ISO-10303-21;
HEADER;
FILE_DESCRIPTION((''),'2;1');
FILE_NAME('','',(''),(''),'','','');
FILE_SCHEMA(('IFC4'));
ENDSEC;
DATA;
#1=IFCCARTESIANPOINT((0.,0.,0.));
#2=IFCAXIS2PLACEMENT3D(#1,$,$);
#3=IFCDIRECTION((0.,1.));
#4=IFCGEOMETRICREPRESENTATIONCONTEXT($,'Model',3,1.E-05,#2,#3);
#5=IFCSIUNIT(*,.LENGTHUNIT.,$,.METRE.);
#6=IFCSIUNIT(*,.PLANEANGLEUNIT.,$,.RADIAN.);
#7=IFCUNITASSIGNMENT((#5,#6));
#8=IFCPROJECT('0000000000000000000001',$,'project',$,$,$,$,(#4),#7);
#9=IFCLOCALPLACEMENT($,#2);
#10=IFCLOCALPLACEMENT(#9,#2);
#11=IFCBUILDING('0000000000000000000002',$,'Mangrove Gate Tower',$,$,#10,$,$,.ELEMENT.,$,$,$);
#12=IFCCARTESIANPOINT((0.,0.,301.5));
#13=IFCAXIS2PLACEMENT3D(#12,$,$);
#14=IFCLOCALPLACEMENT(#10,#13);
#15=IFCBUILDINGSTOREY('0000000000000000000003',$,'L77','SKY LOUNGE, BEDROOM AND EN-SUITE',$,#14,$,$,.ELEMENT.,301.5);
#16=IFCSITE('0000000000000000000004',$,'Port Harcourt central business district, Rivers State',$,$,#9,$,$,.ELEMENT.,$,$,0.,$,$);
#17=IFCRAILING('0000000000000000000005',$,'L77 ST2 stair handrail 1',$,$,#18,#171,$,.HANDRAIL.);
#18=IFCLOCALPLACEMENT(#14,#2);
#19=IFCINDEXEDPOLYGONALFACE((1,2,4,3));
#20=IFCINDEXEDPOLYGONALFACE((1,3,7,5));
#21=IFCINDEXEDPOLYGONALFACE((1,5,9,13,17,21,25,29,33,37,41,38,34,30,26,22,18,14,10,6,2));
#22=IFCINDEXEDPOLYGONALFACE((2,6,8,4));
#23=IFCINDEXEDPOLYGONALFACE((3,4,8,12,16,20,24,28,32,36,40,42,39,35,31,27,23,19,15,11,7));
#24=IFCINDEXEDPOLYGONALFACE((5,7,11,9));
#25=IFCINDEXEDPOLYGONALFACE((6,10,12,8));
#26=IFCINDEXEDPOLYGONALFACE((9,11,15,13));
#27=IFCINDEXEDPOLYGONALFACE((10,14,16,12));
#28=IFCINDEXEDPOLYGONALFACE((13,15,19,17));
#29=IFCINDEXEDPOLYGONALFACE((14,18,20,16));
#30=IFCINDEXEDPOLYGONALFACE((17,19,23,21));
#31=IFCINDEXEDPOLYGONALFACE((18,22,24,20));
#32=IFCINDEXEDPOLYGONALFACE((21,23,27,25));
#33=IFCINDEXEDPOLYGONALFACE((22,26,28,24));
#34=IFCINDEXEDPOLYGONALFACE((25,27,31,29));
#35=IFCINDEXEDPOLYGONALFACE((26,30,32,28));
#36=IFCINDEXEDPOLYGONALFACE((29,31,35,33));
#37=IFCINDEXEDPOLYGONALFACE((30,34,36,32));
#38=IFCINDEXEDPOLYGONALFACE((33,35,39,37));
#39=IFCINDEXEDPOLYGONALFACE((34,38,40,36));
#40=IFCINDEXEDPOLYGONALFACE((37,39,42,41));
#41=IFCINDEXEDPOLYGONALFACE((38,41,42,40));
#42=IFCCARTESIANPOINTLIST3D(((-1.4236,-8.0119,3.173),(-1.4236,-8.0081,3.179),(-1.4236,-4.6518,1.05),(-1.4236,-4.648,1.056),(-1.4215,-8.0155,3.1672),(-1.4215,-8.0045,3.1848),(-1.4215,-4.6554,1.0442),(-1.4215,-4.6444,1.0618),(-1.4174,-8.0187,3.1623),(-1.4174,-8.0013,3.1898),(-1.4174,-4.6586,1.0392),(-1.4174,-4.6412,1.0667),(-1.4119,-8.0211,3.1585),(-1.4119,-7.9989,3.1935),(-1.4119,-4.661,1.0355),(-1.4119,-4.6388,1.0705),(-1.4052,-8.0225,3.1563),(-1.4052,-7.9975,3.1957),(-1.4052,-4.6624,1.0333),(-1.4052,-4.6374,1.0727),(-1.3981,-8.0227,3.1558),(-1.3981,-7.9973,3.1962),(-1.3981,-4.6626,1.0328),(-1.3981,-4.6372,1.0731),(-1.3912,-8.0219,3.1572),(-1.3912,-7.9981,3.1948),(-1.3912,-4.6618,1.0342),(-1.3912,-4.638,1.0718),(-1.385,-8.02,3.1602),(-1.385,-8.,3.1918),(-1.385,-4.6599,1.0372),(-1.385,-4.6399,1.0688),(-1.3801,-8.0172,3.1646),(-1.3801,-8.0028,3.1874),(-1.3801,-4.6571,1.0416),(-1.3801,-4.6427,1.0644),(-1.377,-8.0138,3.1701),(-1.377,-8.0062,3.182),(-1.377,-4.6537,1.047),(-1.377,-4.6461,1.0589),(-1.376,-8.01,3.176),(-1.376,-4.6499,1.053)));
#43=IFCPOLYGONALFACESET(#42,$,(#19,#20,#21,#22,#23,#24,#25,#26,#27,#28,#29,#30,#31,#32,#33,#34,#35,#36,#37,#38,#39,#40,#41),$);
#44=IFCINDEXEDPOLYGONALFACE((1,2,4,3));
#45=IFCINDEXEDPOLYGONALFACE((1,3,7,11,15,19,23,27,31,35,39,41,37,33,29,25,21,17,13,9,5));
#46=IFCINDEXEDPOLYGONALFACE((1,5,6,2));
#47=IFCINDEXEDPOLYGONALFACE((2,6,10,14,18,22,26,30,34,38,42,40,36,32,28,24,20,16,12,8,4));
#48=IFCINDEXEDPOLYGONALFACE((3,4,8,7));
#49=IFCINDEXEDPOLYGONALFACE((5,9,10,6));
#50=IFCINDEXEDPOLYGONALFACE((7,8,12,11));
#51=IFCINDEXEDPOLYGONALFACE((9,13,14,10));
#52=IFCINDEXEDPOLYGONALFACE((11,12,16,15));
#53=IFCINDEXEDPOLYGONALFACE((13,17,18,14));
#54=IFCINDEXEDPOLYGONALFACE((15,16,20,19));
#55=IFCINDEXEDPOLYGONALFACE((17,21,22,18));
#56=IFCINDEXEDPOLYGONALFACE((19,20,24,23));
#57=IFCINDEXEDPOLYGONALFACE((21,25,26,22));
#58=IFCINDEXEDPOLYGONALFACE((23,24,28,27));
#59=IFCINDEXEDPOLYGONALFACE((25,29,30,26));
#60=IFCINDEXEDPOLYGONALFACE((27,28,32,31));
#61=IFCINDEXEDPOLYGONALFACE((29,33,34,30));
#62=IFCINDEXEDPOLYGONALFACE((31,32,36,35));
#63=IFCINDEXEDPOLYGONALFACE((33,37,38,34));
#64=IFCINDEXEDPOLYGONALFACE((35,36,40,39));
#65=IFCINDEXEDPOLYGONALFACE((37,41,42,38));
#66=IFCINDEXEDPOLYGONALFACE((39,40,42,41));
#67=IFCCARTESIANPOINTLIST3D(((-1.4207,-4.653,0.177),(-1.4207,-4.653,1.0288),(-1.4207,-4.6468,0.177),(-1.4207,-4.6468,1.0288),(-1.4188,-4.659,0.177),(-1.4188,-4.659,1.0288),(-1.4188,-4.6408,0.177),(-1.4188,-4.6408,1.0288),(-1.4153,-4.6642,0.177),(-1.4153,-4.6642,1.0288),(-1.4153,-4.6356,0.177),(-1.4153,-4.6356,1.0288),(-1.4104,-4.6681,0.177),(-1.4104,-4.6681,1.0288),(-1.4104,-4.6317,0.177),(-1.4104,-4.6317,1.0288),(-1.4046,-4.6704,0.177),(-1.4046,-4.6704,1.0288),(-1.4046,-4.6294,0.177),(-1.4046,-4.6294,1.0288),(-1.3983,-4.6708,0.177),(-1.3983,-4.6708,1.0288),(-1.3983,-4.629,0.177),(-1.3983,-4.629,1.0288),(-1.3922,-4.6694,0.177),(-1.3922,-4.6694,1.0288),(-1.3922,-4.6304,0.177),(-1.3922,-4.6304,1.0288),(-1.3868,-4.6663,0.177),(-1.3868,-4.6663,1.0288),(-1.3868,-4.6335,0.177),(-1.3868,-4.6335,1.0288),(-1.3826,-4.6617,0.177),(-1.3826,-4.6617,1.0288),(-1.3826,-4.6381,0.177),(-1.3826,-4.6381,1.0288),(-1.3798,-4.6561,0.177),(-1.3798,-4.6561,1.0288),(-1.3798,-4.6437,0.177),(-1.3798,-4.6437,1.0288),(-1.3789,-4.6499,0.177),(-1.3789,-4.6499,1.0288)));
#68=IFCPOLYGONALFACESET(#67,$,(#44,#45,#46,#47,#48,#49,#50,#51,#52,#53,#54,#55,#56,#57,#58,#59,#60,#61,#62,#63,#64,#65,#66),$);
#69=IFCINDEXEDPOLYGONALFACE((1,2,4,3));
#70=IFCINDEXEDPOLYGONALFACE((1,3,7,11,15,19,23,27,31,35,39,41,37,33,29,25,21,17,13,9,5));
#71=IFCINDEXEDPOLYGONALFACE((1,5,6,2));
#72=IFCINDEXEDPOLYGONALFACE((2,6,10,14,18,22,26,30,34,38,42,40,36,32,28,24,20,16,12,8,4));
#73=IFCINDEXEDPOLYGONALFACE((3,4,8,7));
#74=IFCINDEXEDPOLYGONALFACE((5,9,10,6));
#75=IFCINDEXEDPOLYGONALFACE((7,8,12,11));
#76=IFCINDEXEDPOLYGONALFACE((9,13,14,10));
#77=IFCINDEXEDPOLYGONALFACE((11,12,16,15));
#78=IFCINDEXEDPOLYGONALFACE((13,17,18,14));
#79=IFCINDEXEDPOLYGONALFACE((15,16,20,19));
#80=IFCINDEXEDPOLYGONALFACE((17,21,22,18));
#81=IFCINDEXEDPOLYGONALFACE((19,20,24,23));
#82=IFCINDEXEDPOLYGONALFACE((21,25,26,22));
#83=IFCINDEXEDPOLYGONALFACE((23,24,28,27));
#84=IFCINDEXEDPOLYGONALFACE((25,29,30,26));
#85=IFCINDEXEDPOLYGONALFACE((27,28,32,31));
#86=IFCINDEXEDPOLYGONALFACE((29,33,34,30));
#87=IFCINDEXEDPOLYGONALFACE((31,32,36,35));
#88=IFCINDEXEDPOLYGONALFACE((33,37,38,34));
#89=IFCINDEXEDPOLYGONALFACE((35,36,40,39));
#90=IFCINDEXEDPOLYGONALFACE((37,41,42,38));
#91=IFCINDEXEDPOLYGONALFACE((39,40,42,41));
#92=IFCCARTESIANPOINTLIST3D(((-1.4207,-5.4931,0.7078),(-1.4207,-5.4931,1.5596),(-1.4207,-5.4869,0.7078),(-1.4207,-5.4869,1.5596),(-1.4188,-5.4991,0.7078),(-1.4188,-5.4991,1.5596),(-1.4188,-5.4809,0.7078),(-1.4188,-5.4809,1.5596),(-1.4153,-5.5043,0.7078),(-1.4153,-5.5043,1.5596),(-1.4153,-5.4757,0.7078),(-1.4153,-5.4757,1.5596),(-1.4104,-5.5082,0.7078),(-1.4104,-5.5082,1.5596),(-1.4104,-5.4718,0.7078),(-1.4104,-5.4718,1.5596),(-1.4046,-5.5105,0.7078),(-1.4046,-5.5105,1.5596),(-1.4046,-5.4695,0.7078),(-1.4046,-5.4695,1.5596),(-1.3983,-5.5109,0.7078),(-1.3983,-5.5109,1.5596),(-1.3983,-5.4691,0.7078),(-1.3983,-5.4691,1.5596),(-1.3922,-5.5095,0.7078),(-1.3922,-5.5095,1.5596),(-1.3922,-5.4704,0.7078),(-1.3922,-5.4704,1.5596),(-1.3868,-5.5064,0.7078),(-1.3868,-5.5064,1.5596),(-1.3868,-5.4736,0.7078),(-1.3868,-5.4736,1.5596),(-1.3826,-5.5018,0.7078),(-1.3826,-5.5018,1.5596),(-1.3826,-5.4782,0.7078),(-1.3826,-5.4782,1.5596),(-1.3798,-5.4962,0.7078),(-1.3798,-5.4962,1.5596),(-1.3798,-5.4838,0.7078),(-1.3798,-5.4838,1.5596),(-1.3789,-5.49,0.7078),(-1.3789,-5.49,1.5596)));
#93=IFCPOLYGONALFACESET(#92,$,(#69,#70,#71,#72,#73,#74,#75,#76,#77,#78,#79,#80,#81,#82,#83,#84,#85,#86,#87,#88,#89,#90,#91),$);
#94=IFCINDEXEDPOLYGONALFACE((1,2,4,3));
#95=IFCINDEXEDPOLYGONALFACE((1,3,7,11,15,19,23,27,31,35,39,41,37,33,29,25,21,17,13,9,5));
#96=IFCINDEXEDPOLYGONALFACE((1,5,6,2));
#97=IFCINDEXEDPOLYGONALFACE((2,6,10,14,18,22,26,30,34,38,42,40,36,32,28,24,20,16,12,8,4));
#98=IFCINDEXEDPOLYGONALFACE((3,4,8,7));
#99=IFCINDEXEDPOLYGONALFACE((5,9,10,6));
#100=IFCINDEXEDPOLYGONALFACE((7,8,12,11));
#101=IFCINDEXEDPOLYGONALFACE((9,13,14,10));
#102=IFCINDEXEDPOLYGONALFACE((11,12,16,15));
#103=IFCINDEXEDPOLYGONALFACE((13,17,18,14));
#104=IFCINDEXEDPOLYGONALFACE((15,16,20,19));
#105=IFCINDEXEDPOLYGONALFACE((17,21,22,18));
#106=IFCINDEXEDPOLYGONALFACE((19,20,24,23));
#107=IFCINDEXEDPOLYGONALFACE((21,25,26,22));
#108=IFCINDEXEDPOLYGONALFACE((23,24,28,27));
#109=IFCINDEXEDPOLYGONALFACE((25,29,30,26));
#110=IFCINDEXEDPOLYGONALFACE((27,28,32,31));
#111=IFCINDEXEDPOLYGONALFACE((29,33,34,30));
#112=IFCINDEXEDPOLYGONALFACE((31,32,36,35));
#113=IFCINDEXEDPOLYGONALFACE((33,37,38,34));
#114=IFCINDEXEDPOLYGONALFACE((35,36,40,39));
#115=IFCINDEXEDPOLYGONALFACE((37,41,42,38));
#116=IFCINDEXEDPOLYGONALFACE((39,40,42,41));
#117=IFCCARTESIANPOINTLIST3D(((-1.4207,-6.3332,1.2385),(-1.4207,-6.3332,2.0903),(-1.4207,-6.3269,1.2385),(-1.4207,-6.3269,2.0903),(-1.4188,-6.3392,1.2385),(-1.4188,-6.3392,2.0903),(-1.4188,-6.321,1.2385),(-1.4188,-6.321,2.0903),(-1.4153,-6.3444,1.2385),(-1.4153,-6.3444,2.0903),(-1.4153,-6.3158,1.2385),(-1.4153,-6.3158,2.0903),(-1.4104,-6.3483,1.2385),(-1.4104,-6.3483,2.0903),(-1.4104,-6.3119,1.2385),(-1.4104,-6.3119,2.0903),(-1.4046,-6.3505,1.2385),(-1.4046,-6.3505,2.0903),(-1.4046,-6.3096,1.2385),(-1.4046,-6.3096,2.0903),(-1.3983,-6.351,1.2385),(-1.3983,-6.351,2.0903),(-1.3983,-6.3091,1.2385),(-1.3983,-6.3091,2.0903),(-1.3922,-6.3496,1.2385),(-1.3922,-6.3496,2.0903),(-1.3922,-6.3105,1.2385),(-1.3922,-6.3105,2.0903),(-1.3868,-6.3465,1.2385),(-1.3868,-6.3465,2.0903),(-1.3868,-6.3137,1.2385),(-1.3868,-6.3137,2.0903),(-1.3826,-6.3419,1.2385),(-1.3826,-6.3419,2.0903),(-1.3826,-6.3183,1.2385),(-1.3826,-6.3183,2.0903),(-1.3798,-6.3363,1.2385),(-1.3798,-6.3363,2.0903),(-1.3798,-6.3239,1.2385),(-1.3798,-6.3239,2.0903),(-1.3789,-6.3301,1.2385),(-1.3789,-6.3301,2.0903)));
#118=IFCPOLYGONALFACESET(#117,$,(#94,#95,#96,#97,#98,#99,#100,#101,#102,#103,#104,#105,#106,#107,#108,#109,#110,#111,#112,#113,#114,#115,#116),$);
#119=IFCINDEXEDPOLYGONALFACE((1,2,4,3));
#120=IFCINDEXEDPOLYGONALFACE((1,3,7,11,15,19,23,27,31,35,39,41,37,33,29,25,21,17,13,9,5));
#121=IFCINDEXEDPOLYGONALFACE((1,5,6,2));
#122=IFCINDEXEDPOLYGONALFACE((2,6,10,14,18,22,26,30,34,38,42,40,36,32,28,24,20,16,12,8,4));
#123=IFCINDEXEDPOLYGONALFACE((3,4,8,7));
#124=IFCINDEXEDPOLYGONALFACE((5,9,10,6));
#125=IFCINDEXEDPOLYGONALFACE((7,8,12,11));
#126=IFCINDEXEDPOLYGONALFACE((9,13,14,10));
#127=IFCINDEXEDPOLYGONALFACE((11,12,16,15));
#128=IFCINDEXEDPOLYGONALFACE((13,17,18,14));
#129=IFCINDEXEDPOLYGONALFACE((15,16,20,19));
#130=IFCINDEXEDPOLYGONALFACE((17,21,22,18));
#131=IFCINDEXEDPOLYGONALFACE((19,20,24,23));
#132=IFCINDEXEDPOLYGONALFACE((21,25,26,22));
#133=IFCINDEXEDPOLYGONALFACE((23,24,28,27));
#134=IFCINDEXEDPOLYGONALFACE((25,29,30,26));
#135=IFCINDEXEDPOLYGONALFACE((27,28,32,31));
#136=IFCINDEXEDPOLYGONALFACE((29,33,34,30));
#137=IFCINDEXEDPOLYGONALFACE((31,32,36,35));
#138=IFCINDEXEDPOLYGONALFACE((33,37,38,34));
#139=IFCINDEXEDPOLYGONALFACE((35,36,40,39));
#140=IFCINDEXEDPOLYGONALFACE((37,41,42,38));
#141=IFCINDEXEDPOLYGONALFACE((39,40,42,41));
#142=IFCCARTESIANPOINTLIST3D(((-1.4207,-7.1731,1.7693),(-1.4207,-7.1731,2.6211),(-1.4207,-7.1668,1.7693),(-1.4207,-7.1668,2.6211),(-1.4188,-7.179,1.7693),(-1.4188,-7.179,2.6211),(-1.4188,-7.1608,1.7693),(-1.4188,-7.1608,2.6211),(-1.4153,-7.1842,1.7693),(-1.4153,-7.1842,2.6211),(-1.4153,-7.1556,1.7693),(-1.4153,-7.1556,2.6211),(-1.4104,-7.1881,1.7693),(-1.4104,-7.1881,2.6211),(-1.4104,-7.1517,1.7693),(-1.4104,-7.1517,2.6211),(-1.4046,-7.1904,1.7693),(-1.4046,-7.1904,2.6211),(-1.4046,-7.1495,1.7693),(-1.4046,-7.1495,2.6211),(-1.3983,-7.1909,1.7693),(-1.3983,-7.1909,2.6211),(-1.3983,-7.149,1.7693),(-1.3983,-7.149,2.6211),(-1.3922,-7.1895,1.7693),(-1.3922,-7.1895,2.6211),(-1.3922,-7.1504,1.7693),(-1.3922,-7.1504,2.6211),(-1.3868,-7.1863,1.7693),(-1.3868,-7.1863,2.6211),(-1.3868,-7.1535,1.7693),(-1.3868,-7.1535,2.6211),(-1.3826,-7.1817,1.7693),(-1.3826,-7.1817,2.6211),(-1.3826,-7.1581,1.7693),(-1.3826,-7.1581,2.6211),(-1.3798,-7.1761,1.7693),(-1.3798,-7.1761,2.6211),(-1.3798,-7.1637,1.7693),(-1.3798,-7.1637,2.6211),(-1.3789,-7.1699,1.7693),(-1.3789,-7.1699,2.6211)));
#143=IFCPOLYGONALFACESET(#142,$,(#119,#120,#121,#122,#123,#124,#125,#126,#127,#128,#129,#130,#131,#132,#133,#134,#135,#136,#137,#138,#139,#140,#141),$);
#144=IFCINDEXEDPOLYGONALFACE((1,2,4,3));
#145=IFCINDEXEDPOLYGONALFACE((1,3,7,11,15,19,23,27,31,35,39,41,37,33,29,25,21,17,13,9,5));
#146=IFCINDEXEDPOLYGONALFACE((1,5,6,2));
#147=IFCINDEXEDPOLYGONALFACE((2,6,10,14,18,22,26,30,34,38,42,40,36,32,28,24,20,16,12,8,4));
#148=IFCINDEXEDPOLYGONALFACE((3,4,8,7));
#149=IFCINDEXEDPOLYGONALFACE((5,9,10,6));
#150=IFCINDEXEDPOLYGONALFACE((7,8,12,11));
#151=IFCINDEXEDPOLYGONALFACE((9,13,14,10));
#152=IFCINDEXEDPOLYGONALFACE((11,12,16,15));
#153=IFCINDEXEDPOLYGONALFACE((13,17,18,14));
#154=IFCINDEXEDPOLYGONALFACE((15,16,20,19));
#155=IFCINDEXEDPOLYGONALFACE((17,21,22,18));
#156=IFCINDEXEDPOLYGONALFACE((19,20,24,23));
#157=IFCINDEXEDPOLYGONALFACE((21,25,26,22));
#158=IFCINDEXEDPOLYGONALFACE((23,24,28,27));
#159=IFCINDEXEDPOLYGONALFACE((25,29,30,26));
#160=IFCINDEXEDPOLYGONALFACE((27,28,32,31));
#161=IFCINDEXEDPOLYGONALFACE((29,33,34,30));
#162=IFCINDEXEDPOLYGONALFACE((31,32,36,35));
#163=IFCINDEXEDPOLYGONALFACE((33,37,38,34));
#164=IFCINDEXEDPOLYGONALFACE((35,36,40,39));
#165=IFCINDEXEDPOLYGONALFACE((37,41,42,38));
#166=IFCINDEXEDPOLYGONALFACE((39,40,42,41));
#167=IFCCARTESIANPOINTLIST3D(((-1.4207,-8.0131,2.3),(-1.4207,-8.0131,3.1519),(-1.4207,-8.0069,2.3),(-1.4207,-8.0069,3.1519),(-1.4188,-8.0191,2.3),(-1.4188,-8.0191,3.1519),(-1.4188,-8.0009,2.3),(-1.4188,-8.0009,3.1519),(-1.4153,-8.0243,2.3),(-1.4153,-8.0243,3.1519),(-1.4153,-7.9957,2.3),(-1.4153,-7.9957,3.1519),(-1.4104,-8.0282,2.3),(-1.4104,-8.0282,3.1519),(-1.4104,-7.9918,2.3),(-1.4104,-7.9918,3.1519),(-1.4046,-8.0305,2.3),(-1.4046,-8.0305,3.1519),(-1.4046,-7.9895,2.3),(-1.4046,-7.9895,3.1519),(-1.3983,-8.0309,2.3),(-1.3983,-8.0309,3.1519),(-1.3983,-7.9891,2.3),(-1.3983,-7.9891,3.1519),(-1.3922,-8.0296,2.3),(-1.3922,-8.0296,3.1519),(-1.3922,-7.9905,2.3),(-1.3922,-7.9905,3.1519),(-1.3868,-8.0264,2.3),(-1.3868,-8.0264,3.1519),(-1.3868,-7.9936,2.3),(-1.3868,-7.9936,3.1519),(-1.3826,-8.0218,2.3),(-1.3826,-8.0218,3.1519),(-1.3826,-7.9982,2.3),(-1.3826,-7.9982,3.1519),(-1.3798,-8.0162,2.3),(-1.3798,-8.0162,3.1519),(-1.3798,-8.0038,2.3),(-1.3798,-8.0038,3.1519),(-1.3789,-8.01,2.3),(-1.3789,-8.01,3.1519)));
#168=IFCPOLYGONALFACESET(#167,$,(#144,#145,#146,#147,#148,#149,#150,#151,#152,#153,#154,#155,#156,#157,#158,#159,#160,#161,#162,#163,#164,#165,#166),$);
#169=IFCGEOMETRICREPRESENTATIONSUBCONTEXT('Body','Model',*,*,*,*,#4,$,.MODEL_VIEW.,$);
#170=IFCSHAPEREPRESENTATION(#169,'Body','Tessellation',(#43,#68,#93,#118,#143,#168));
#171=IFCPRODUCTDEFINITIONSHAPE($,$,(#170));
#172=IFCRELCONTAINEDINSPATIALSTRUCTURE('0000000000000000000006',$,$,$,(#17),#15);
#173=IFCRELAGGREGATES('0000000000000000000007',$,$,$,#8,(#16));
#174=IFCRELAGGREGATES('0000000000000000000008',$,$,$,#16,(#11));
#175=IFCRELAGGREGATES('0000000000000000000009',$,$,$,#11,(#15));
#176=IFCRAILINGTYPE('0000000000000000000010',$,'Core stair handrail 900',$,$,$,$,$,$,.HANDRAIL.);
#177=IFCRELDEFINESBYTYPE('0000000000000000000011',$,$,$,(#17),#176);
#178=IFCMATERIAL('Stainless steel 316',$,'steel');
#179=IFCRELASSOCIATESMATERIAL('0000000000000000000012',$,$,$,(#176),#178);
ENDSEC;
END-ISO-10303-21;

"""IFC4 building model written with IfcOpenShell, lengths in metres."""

from ifc_helpers import new_model, si_unit, direction, frame, origin, origin_2d, place, context, subcontext, project, spatial, circle, extrude, material, type_object, element, save


model = new_model("IFC4")

# Units and contexts
model_context = context("Model", 3, precision=1e-05, world=origin(), true_north=direction((0.0, 1.0)))
body_context = subcontext(model_context, "Body", "Model", "MODEL_VIEW")
ifc_project = project(units=[si_unit("LENGTHUNIT", "METRE"), si_unit("PLANEANGLEUNIT", "RADIAN")], contexts=[model_context])

# Site, building, storey
site_placement = place(None, origin())
site = spatial("IfcSite", under=ifc_project, at=site_placement, Name="Port Harcourt central business district, Rivers State", CompositionType="ELEMENT", RefElevation=0.0)
building_placement = place(site_placement, origin())
building = spatial("IfcBuilding", under=site, at=building_placement, Name="Mangrove Gate Tower", CompositionType="ELEMENT")
storey_placement = place(building_placement, frame((0.0, 0.0, 301.5)))
storey = spatial("IfcBuildingStorey", under=building, at=storey_placement, Name="L77", Description="SKY LOUNGE, BEDROOM AND EN-SUITE", CompositionType="ELEMENT", Elevation=301.5)

# Railing
ifc_material_1 = material(Name="Stainless steel 316", Category="steel")
railing_type_1 = type_object("IfcRailingType", Name="Core stair handrail 900", PredefinedType="HANDRAIL", material=ifc_material_1)
railing_1_placement = place(storey_placement, frame((-1.3999, -4.6499, 0.177)))
element("IfcRailing", 1, at=railing_1_placement, inside=storey, type_object=railing_type_1, Name="L77 ST2 stair handrail 1", PredefinedType="HANDRAIL", context=body_context, shape_type="SweptSolid", body=[
    extrude(circle(Radius=0.0239, at=origin_2d()), frame((0.0, 0.0, 0.876), z_axis=(0.0, -0.84539, 0.53415), x_axis=(1.0, 0.0, 0.0)), (0.0, 0.0, 1.0), 3.9746),
    extrude(circle(Radius=0.021, at=origin_2d()), origin(), (0.0, 0.0, 1.0), 0.8518),
    extrude(circle(Radius=0.021, at=origin_2d()), frame((0.0, -0.8401, 0.5308)), (0.0, 0.0, 1.0), 0.8518),
    extrude(circle(Radius=0.021, at=origin_2d()), frame((0.0, -1.6802, 1.0615)), (0.0, 0.0, 1.0), 0.8518),
    extrude(circle(Radius=0.021, at=origin_2d()), frame((0.0, -2.52, 1.5923)), (0.0, 0.0, 1.0), 0.8518),
    extrude(circle(Radius=0.021, at=origin_2d()), frame((0.0, -3.3601, 2.123)), (0.0, 0.0, 1.0), 0.8518),
])

save(model, "model.ifc")
